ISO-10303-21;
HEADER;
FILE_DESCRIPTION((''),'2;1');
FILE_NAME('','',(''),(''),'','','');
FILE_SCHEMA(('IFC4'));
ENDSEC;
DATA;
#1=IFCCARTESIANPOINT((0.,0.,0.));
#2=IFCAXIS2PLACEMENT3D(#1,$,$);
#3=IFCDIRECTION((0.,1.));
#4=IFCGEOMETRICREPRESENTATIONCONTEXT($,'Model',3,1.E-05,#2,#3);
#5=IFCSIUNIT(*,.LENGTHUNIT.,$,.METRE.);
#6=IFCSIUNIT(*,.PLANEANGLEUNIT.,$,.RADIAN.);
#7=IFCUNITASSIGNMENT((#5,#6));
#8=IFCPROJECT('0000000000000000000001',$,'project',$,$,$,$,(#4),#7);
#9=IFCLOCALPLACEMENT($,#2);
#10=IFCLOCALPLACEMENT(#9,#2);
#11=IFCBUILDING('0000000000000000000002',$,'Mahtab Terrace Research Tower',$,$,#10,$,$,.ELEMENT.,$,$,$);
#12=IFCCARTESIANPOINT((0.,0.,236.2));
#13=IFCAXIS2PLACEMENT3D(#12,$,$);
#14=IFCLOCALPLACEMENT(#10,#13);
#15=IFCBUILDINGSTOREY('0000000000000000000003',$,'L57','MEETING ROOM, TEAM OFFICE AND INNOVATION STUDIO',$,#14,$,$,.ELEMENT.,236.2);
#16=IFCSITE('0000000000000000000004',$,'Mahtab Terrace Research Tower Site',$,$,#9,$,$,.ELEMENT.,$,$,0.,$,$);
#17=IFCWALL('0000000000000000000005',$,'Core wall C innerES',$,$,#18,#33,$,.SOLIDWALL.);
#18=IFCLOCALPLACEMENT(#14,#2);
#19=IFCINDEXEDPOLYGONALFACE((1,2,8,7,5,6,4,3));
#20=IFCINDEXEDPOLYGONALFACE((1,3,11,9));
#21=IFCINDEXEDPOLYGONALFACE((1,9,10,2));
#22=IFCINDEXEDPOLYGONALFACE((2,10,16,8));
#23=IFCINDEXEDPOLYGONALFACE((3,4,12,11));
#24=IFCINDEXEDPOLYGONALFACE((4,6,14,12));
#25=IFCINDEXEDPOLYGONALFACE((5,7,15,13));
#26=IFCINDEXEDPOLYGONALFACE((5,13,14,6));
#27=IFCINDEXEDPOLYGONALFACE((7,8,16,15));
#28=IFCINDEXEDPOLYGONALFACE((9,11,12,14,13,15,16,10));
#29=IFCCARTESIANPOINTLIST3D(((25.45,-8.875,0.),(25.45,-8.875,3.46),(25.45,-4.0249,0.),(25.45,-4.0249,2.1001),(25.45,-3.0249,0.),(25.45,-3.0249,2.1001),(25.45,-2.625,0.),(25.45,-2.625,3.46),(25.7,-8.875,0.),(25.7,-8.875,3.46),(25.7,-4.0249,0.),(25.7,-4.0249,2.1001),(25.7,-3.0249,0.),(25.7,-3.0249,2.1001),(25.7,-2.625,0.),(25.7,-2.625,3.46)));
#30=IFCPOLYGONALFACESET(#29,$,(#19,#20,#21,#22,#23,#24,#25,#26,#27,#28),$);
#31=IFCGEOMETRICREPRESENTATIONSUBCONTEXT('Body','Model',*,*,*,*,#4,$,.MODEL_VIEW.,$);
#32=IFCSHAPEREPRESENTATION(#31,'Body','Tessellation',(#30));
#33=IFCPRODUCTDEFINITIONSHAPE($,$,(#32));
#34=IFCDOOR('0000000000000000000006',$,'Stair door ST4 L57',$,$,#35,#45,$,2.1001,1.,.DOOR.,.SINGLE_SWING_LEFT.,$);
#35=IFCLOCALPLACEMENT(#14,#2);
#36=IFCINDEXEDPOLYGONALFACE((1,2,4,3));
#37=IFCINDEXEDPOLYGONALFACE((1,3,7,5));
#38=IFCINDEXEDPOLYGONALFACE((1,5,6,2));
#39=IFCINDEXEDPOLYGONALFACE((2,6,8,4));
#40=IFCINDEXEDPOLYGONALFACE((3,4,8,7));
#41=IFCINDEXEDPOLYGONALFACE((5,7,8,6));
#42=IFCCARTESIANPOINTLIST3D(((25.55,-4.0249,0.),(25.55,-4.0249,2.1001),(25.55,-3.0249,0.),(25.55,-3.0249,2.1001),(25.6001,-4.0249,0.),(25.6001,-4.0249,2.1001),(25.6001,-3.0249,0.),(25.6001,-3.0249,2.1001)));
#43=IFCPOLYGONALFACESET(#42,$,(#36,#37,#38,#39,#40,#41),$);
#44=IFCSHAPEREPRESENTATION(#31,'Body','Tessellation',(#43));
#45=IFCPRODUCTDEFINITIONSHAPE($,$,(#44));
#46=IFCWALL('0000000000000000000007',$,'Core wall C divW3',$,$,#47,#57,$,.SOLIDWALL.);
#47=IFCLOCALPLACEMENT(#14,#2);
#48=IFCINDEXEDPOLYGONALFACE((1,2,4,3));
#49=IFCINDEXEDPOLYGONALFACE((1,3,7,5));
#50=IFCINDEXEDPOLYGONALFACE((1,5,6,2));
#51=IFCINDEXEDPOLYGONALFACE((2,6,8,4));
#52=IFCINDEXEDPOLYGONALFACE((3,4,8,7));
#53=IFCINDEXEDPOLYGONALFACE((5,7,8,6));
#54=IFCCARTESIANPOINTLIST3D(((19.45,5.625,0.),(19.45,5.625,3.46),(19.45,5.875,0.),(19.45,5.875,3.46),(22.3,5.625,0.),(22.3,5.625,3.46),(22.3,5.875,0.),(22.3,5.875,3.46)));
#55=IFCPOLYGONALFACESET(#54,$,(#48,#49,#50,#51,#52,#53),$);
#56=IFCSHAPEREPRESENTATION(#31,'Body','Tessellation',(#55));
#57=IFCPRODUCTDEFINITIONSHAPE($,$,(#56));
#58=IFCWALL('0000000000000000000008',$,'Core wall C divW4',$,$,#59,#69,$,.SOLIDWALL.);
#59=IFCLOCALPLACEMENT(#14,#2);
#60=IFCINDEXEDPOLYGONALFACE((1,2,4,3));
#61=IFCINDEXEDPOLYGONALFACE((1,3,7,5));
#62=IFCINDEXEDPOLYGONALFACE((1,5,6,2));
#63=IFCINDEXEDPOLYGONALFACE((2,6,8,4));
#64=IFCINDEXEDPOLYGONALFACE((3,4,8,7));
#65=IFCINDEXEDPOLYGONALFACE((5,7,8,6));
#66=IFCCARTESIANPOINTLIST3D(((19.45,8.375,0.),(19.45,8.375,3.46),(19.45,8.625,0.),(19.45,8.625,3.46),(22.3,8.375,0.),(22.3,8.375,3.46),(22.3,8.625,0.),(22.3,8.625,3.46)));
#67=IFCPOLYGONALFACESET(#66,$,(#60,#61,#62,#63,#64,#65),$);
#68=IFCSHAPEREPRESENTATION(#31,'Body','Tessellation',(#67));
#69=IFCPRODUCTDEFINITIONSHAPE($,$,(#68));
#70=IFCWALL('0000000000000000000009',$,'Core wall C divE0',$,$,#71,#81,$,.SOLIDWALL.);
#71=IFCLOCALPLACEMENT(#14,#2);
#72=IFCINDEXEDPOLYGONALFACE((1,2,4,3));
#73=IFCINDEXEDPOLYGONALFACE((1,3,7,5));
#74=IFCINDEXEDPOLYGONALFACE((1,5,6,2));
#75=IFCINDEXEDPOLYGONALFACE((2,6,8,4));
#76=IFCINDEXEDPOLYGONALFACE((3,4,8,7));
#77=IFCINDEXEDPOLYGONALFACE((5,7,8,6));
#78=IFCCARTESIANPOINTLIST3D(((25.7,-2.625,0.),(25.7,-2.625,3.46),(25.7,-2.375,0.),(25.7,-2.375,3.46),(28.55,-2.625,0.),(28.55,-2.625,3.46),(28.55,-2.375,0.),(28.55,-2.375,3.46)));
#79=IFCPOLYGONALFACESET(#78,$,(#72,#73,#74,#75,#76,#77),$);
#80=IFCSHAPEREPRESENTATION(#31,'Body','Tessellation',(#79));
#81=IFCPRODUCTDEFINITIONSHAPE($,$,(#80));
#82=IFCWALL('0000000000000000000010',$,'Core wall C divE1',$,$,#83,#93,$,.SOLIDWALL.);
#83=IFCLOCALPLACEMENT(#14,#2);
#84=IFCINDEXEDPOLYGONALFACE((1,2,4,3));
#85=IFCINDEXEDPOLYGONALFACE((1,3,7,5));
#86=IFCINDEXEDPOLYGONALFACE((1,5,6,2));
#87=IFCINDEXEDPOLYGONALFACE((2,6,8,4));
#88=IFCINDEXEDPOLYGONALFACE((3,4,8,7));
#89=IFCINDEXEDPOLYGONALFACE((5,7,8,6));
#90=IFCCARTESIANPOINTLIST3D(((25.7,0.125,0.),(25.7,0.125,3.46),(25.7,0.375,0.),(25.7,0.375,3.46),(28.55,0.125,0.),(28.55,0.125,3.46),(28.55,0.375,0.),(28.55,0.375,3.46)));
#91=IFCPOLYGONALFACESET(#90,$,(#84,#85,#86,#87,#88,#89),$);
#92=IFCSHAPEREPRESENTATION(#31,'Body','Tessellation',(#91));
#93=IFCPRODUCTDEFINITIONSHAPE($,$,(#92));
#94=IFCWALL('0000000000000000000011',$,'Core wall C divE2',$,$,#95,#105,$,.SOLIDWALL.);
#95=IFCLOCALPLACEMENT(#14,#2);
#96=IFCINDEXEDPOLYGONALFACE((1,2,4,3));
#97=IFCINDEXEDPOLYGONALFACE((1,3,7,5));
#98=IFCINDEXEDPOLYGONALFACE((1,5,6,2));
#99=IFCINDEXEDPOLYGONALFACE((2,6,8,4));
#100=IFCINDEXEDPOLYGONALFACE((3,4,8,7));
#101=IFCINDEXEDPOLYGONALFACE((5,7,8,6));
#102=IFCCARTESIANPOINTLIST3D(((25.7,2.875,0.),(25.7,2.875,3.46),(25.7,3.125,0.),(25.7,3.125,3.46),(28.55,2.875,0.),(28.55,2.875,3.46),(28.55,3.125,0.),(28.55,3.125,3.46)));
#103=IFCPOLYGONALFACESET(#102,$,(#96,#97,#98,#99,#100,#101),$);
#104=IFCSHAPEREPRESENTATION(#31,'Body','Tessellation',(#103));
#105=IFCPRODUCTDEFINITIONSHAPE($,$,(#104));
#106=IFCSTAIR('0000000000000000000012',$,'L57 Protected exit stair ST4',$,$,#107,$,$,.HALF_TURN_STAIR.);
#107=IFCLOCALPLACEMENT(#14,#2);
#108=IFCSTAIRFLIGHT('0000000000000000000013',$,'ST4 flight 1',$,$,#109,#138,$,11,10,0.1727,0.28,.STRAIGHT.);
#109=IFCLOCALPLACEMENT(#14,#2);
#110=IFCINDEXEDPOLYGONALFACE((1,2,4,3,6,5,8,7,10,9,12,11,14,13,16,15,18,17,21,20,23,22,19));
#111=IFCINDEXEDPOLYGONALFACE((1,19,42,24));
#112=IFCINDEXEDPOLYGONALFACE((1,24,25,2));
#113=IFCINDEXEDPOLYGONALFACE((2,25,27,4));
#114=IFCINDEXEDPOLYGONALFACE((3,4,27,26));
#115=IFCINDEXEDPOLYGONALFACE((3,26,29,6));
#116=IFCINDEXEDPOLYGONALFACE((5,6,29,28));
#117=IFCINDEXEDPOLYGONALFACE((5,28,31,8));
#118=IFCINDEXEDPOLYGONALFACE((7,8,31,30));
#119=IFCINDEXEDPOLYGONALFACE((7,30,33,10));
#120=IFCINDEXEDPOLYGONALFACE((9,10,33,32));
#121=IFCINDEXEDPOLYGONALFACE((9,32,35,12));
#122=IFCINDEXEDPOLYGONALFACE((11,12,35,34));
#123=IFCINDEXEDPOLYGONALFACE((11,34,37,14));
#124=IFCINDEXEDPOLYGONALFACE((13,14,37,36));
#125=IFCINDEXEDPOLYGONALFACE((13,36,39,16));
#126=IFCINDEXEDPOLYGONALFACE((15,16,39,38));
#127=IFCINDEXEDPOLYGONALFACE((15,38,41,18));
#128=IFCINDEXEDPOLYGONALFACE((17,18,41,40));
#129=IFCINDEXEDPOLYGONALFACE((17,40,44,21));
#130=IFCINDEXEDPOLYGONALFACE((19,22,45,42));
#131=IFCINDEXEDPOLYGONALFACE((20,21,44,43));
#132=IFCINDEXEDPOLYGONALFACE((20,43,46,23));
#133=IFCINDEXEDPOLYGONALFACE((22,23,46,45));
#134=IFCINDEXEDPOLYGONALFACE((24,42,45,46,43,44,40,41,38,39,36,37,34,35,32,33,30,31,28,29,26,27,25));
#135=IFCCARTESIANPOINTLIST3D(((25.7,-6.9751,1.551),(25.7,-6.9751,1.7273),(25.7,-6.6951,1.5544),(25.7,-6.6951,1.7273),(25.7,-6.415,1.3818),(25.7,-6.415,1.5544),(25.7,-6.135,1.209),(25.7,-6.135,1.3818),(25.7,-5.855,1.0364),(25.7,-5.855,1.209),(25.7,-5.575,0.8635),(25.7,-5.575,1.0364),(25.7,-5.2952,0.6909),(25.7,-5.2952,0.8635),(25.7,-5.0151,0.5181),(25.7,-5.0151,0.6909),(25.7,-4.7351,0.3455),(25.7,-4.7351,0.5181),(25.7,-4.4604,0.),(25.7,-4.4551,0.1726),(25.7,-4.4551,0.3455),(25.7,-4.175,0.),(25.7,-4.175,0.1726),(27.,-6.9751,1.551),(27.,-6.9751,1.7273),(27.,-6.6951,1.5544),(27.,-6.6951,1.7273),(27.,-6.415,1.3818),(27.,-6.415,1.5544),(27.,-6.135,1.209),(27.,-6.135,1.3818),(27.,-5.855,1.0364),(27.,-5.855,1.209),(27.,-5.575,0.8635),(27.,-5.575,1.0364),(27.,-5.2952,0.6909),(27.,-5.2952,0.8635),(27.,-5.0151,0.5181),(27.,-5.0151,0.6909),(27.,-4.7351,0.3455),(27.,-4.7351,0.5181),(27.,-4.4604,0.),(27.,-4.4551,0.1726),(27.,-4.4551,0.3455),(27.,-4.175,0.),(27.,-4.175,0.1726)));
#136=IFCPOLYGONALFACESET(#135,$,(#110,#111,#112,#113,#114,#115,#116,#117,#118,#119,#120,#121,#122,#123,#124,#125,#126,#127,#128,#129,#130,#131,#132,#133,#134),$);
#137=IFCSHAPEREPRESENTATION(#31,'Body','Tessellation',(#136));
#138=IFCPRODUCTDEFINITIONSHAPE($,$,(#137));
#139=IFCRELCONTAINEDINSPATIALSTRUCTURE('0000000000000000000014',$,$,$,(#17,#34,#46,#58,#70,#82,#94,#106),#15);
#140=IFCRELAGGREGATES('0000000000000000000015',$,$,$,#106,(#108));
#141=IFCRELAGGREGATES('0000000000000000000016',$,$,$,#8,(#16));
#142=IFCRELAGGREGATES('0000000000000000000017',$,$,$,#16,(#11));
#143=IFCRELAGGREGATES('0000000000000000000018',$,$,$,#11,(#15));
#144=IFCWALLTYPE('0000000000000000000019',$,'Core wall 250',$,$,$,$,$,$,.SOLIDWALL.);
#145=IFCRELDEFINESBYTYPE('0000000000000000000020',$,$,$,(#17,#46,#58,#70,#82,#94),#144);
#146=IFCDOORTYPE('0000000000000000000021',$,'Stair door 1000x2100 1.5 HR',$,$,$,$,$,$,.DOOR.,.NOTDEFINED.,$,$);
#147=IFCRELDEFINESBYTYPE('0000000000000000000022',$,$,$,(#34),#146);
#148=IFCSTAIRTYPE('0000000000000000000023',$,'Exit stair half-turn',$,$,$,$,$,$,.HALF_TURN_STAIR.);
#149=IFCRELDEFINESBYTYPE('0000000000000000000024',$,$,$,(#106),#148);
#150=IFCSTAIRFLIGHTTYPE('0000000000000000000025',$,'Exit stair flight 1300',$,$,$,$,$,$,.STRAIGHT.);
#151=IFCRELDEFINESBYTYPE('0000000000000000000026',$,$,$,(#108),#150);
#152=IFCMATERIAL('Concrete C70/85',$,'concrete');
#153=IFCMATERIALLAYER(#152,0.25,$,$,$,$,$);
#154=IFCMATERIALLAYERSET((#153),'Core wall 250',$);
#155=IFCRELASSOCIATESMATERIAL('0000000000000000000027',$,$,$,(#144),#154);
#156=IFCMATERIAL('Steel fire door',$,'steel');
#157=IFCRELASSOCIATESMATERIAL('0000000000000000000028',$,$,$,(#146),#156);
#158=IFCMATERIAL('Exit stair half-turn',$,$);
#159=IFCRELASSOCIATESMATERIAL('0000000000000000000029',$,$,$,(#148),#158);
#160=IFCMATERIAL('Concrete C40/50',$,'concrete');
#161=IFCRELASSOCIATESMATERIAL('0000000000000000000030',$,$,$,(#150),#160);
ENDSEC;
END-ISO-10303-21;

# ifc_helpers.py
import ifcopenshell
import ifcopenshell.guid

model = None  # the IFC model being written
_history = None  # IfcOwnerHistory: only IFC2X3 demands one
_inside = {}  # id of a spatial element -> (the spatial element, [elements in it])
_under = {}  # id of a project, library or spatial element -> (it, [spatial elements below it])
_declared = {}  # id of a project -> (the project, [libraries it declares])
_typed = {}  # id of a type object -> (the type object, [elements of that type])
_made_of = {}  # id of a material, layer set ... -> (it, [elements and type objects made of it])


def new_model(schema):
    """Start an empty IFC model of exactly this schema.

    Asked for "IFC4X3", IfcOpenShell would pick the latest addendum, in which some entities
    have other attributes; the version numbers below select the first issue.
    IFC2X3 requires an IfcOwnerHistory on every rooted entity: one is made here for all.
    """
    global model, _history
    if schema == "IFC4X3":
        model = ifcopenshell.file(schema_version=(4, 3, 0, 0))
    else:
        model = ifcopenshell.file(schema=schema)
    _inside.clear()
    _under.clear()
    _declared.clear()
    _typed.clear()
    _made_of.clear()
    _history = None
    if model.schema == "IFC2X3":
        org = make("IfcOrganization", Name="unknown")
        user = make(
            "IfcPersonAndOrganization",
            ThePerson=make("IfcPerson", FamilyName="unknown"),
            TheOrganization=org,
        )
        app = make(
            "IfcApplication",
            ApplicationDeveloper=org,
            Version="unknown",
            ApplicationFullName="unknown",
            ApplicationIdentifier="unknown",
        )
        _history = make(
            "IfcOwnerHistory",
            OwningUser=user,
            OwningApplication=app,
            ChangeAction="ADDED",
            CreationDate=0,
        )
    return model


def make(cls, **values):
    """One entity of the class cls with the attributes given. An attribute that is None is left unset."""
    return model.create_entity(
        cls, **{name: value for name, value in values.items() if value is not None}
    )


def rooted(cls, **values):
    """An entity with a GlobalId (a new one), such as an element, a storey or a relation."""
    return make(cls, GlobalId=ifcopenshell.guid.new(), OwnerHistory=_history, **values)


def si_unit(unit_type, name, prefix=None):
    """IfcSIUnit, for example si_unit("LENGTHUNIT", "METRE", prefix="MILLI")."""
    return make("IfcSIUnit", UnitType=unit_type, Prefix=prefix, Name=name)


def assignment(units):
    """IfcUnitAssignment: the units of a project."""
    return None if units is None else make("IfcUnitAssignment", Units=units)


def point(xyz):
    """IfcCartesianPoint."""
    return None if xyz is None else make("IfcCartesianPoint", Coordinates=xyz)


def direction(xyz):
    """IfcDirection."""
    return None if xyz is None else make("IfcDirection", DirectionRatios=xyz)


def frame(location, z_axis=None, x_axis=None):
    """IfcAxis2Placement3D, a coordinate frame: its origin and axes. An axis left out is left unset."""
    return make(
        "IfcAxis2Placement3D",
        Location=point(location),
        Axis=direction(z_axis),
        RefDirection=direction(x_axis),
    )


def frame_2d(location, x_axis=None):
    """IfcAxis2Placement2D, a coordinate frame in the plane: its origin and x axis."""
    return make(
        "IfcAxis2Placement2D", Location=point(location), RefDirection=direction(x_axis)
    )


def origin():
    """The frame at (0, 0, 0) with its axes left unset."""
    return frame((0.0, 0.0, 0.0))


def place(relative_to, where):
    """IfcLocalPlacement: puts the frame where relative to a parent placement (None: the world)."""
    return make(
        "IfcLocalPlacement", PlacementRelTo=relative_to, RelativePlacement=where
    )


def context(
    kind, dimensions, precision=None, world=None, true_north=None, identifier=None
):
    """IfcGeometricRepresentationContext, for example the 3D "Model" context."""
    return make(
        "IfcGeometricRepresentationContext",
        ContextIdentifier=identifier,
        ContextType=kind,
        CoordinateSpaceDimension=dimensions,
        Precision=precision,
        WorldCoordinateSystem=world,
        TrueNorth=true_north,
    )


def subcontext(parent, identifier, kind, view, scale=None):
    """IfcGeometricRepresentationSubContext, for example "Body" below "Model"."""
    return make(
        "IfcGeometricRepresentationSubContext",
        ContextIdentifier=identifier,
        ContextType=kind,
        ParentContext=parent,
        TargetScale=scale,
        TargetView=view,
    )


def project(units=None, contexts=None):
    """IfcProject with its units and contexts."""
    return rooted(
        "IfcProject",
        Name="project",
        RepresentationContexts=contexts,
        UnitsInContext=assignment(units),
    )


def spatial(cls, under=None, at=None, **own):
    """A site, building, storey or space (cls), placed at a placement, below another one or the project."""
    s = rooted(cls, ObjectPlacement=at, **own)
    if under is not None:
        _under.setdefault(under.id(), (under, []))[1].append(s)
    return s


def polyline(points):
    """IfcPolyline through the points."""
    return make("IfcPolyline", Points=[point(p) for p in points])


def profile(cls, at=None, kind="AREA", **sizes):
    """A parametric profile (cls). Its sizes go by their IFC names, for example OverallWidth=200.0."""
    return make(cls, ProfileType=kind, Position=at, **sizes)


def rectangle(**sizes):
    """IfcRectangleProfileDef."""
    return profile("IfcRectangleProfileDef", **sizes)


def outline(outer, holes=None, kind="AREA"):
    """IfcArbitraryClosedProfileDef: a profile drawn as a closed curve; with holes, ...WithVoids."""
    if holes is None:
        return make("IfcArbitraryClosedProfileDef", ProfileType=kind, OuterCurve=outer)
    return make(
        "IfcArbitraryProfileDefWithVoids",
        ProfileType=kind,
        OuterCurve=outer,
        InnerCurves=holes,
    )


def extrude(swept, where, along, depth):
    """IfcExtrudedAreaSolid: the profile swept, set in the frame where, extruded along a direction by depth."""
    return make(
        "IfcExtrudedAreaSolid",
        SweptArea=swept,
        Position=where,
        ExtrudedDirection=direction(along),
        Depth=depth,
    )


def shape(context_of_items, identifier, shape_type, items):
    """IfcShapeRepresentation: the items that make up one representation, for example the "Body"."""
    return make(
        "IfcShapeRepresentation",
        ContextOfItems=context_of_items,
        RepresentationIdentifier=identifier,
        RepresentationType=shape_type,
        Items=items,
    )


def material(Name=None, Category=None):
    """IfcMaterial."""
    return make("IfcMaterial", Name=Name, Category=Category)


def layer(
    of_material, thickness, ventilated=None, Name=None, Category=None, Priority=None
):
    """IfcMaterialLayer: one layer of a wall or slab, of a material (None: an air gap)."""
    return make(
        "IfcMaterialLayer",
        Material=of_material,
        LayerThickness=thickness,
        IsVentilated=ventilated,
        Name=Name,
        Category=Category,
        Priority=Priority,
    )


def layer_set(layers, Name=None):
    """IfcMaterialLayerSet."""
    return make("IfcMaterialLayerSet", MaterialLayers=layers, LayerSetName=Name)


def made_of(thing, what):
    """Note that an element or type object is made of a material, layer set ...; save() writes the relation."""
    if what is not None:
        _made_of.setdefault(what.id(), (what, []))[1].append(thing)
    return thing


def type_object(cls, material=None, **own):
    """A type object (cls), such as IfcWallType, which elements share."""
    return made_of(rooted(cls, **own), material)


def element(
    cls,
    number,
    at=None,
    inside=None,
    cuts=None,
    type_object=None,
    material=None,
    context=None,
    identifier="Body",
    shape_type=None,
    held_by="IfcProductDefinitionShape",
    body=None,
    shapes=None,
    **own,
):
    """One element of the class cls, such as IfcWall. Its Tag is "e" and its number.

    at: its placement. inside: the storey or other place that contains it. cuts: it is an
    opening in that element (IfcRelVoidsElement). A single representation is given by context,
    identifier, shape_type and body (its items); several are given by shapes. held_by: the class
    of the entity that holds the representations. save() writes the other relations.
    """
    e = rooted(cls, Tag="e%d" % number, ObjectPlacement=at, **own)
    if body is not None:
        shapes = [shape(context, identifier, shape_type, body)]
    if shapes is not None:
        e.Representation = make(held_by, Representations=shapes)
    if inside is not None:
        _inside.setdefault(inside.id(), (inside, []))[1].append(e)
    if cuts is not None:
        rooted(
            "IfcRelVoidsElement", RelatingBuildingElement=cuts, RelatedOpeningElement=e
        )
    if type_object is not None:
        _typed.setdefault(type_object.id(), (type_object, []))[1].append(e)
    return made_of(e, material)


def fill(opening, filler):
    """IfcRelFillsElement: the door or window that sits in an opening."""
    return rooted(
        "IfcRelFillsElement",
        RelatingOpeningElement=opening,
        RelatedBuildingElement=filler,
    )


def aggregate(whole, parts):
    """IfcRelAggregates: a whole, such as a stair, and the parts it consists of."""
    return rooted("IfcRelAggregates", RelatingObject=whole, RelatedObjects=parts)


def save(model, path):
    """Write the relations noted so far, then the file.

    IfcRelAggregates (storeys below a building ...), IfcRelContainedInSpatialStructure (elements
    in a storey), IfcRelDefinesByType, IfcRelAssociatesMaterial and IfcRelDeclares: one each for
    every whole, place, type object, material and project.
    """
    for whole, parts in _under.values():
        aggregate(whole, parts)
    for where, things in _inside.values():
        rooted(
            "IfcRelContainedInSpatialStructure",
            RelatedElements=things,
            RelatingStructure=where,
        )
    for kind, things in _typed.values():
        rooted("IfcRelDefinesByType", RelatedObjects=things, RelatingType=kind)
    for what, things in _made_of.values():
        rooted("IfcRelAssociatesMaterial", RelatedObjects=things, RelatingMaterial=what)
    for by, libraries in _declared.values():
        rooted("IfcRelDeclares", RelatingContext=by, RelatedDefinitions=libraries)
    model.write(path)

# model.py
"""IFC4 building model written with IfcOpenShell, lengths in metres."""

from ifc_helpers import new_model, si_unit, direction, frame, frame_2d, origin, place, context, subcontext, project, spatial, polyline, rectangle, outline, extrude, material, layer, layer_set, type_object, element, fill, aggregate, save


model = new_model("IFC4")

# Units and contexts
model_context = context("Model", 3, precision=1e-05, world=origin(), true_north=direction((0.0, 1.0)))
body_context = subcontext(model_context, "Body", "Model", "MODEL_VIEW")
ifc_project = project(units=[si_unit("LENGTHUNIT", "METRE"), si_unit("PLANEANGLEUNIT", "RADIAN")], contexts=[model_context])

# Site, building, storey
site_placement = place(None, origin())
site = spatial("IfcSite", under=ifc_project, at=site_placement, Name="Mahtab Terrace Research Tower Site", CompositionType="ELEMENT", RefElevation=0.0)
building_placement = place(site_placement, origin())
building = spatial("IfcBuilding", under=site, at=building_placement, Name="Mahtab Terrace Research Tower", CompositionType="ELEMENT")
storey_placement = place(building_placement, frame((0.0, 0.0, 236.2)))
storey = spatial("IfcBuildingStorey", under=building, at=storey_placement, Name="L57", Description="MEETING ROOM, TEAM OFFICE AND INNOVATION STUDIO", CompositionType="ELEMENT", Elevation=236.2)

# Shared definitions
ifc_material_1 = material(Name="Concrete C70/85", Category="concrete")
ifc_layer_1 = layer(ifc_material_1, 0.25)
ifc_layer_set_1 = layer_set([ifc_layer_1], Name="Core wall 250")
wall_type_1 = type_object("IfcWallType", Name="Core wall 250", PredefinedType="SOLIDWALL", material=ifc_layer_set_1)
ifc_material_2 = material(Name="Steel fire door", Category="steel")

# Wall, opening, door
wall_1_placement = place(storey_placement, frame((25.575, -8.875, 0.0), z_axis=(0.0, 0.0, 1.0), x_axis=(0.0, 1.0, 0.0)))
wall_1 = element("IfcWall", 1, at=wall_1_placement, inside=storey, type_object=wall_type_1, Name="Core wall C innerES", PredefinedType="SOLIDWALL", context=body_context, shape_type="SweptSolid", body=[
    extrude(rectangle(XDim=6.25, YDim=0.25, at=frame_2d((3.125, 0.0))), origin(), (0.0, 0.0, 1.0), 3.46),
])
opening_1_placement = place(wall_1_placement, frame((4.8501, 0.0, 0.0)))
opening_1 = element("IfcOpeningElement", 2, at=opening_1_placement, cuts=wall_1, PredefinedType="OPENING", context=body_context, shape_type="SweptSolid", body=[
    extrude(rectangle(XDim=1.0, YDim=2.1001, at=frame_2d((0.5, 1.05))), frame((0.0, 0.135, 0.0), z_axis=(0.0, -1.0, 0.0), x_axis=(1.0, 0.0, 0.0)), (0.0, 0.0, 1.0), 0.27),
])
door_type_1 = type_object("IfcDoorType", Name="Stair door 1000x2100 1.5 HR", OperationType="NOTDEFINED", PredefinedType="DOOR", material=ifc_material_2)
door_1_placement = place(opening_1_placement, origin())
door_1 = element("IfcDoor", 3, at=door_1_placement, inside=storey, type_object=door_type_1, Name="Stair door ST4 L57", OperationType="SINGLE_SWING_LEFT", OverallHeight=2.1001, OverallWidth=1.0, PredefinedType="DOOR", context=body_context, shape_type="SweptSolid", body=[
    extrude(rectangle(XDim=1.0, YDim=2.1001, at=frame_2d((0.5, 1.05))), frame((0.0, 0.0249, 0.0), z_axis=(0.0, -1.0, 0.0), x_axis=(1.0, 0.0, 0.0)), (0.0, 0.0, 1.0), 0.05),
])
fill(opening_1, door_1)

# Walls
for number, where, z_axis, x_axis, name in (
    (4, (19.45, 5.75, 0.0), (0.0, 0.0, 1.0), (1.0, 0.0, 0.0), "Core wall C divW3"),
    (5, (19.45, 8.5, 0.0), (0.0, 0.0, 1.0), (1.0, 0.0, 0.0), "Core wall C divW4"),
    (6, (25.7, -2.5, 0.0), (0.0, 0.0, 1.0), (1.0, 0.0, 0.0), "Core wall C divE0"),
    (7, (25.7, 0.25, 0.0), (0.0, 0.0, 1.0), (1.0, 0.0, 0.0), "Core wall C divE1"),
    (8, (25.7, 3.0, 0.0), (0.0, 0.0, 1.0), (1.0, 0.0, 0.0), "Core wall C divE2"),
):
    element("IfcWall", number, at=place(storey_placement, frame(where, z_axis=z_axis, x_axis=x_axis)), inside=storey, type_object=wall_type_1, Name=name, PredefinedType="SOLIDWALL", context=body_context, shape_type="SweptSolid", body=[
        extrude(rectangle(XDim=2.8501, YDim=0.25, at=frame_2d((1.425, 0.0))), origin(), (0.0, 0.0, 1.0), 3.46),
    ])

# Stair, stair flight
ifc_material_3 = material(Name="Exit stair half-turn")
stair_type = type_object("IfcStairType", Name="Exit stair half-turn", PredefinedType="HALF_TURN_STAIR", material=ifc_material_3)
stair_placement = place(storey_placement, origin())
stair = element("IfcStair", 9, at=stair_placement, inside=storey, type_object=stair_type, Name="L57 Protected exit stair ST4", PredefinedType="HALF_TURN_STAIR")
ifc_material_4 = material(Name="Concrete C40/50", Category="concrete")
stair_flight_type = type_object("IfcStairFlightType", Name="Exit stair flight 1300", PredefinedType="STRAIGHT", material=ifc_material_4)
stair_flight_placement = place(storey_placement, frame((26.3501, -4.175, 0.0), z_axis=(0.0, 0.0, 1.0), x_axis=(0.0, -1.0, 0.0)))
stair_flight = element("IfcStairFlight", 10, at=stair_flight_placement, type_object=stair_flight_type, Name="ST4 flight 1", NumberOfRisers=11, NumberOfTreads=10, PredefinedType="STRAIGHT", RiserHeight=0.1727, TreadLength=0.28, context=body_context, shape_type="SweptSolid", body=[
    extrude(outline(polyline([(0.0, 0.0), (0.0, 0.1726), (0.28, 0.1726), (0.28, 0.3455), (0.5601, 0.3455), (0.5601, 0.5181), (0.8401, 0.5181), (0.8401, 0.6909), (1.1201, 0.6909), (1.1201, 0.8635), (1.3999, 0.8635), (1.3999, 1.0364), (1.6799, 1.0364), (1.6799, 1.209), (1.96, 1.209), (1.96, 1.3818), (2.24, 1.3818), (2.24, 1.5544), (2.52, 1.5544), (2.52, 1.7273), (2.8, 1.7273), (2.8, 1.8999), (2.8, 1.551), (0.2854, 0.0), (0.0, 0.0)])), frame((0.0, 0.6499, 0.0), z_axis=(0.0, -1.0, 0.0), x_axis=(1.0, 0.0, 0.0)), (0.0, 0.0, 1.0), 1.3),
])
aggregate(stair, [stair_flight])

save(model, "model.ifc")
